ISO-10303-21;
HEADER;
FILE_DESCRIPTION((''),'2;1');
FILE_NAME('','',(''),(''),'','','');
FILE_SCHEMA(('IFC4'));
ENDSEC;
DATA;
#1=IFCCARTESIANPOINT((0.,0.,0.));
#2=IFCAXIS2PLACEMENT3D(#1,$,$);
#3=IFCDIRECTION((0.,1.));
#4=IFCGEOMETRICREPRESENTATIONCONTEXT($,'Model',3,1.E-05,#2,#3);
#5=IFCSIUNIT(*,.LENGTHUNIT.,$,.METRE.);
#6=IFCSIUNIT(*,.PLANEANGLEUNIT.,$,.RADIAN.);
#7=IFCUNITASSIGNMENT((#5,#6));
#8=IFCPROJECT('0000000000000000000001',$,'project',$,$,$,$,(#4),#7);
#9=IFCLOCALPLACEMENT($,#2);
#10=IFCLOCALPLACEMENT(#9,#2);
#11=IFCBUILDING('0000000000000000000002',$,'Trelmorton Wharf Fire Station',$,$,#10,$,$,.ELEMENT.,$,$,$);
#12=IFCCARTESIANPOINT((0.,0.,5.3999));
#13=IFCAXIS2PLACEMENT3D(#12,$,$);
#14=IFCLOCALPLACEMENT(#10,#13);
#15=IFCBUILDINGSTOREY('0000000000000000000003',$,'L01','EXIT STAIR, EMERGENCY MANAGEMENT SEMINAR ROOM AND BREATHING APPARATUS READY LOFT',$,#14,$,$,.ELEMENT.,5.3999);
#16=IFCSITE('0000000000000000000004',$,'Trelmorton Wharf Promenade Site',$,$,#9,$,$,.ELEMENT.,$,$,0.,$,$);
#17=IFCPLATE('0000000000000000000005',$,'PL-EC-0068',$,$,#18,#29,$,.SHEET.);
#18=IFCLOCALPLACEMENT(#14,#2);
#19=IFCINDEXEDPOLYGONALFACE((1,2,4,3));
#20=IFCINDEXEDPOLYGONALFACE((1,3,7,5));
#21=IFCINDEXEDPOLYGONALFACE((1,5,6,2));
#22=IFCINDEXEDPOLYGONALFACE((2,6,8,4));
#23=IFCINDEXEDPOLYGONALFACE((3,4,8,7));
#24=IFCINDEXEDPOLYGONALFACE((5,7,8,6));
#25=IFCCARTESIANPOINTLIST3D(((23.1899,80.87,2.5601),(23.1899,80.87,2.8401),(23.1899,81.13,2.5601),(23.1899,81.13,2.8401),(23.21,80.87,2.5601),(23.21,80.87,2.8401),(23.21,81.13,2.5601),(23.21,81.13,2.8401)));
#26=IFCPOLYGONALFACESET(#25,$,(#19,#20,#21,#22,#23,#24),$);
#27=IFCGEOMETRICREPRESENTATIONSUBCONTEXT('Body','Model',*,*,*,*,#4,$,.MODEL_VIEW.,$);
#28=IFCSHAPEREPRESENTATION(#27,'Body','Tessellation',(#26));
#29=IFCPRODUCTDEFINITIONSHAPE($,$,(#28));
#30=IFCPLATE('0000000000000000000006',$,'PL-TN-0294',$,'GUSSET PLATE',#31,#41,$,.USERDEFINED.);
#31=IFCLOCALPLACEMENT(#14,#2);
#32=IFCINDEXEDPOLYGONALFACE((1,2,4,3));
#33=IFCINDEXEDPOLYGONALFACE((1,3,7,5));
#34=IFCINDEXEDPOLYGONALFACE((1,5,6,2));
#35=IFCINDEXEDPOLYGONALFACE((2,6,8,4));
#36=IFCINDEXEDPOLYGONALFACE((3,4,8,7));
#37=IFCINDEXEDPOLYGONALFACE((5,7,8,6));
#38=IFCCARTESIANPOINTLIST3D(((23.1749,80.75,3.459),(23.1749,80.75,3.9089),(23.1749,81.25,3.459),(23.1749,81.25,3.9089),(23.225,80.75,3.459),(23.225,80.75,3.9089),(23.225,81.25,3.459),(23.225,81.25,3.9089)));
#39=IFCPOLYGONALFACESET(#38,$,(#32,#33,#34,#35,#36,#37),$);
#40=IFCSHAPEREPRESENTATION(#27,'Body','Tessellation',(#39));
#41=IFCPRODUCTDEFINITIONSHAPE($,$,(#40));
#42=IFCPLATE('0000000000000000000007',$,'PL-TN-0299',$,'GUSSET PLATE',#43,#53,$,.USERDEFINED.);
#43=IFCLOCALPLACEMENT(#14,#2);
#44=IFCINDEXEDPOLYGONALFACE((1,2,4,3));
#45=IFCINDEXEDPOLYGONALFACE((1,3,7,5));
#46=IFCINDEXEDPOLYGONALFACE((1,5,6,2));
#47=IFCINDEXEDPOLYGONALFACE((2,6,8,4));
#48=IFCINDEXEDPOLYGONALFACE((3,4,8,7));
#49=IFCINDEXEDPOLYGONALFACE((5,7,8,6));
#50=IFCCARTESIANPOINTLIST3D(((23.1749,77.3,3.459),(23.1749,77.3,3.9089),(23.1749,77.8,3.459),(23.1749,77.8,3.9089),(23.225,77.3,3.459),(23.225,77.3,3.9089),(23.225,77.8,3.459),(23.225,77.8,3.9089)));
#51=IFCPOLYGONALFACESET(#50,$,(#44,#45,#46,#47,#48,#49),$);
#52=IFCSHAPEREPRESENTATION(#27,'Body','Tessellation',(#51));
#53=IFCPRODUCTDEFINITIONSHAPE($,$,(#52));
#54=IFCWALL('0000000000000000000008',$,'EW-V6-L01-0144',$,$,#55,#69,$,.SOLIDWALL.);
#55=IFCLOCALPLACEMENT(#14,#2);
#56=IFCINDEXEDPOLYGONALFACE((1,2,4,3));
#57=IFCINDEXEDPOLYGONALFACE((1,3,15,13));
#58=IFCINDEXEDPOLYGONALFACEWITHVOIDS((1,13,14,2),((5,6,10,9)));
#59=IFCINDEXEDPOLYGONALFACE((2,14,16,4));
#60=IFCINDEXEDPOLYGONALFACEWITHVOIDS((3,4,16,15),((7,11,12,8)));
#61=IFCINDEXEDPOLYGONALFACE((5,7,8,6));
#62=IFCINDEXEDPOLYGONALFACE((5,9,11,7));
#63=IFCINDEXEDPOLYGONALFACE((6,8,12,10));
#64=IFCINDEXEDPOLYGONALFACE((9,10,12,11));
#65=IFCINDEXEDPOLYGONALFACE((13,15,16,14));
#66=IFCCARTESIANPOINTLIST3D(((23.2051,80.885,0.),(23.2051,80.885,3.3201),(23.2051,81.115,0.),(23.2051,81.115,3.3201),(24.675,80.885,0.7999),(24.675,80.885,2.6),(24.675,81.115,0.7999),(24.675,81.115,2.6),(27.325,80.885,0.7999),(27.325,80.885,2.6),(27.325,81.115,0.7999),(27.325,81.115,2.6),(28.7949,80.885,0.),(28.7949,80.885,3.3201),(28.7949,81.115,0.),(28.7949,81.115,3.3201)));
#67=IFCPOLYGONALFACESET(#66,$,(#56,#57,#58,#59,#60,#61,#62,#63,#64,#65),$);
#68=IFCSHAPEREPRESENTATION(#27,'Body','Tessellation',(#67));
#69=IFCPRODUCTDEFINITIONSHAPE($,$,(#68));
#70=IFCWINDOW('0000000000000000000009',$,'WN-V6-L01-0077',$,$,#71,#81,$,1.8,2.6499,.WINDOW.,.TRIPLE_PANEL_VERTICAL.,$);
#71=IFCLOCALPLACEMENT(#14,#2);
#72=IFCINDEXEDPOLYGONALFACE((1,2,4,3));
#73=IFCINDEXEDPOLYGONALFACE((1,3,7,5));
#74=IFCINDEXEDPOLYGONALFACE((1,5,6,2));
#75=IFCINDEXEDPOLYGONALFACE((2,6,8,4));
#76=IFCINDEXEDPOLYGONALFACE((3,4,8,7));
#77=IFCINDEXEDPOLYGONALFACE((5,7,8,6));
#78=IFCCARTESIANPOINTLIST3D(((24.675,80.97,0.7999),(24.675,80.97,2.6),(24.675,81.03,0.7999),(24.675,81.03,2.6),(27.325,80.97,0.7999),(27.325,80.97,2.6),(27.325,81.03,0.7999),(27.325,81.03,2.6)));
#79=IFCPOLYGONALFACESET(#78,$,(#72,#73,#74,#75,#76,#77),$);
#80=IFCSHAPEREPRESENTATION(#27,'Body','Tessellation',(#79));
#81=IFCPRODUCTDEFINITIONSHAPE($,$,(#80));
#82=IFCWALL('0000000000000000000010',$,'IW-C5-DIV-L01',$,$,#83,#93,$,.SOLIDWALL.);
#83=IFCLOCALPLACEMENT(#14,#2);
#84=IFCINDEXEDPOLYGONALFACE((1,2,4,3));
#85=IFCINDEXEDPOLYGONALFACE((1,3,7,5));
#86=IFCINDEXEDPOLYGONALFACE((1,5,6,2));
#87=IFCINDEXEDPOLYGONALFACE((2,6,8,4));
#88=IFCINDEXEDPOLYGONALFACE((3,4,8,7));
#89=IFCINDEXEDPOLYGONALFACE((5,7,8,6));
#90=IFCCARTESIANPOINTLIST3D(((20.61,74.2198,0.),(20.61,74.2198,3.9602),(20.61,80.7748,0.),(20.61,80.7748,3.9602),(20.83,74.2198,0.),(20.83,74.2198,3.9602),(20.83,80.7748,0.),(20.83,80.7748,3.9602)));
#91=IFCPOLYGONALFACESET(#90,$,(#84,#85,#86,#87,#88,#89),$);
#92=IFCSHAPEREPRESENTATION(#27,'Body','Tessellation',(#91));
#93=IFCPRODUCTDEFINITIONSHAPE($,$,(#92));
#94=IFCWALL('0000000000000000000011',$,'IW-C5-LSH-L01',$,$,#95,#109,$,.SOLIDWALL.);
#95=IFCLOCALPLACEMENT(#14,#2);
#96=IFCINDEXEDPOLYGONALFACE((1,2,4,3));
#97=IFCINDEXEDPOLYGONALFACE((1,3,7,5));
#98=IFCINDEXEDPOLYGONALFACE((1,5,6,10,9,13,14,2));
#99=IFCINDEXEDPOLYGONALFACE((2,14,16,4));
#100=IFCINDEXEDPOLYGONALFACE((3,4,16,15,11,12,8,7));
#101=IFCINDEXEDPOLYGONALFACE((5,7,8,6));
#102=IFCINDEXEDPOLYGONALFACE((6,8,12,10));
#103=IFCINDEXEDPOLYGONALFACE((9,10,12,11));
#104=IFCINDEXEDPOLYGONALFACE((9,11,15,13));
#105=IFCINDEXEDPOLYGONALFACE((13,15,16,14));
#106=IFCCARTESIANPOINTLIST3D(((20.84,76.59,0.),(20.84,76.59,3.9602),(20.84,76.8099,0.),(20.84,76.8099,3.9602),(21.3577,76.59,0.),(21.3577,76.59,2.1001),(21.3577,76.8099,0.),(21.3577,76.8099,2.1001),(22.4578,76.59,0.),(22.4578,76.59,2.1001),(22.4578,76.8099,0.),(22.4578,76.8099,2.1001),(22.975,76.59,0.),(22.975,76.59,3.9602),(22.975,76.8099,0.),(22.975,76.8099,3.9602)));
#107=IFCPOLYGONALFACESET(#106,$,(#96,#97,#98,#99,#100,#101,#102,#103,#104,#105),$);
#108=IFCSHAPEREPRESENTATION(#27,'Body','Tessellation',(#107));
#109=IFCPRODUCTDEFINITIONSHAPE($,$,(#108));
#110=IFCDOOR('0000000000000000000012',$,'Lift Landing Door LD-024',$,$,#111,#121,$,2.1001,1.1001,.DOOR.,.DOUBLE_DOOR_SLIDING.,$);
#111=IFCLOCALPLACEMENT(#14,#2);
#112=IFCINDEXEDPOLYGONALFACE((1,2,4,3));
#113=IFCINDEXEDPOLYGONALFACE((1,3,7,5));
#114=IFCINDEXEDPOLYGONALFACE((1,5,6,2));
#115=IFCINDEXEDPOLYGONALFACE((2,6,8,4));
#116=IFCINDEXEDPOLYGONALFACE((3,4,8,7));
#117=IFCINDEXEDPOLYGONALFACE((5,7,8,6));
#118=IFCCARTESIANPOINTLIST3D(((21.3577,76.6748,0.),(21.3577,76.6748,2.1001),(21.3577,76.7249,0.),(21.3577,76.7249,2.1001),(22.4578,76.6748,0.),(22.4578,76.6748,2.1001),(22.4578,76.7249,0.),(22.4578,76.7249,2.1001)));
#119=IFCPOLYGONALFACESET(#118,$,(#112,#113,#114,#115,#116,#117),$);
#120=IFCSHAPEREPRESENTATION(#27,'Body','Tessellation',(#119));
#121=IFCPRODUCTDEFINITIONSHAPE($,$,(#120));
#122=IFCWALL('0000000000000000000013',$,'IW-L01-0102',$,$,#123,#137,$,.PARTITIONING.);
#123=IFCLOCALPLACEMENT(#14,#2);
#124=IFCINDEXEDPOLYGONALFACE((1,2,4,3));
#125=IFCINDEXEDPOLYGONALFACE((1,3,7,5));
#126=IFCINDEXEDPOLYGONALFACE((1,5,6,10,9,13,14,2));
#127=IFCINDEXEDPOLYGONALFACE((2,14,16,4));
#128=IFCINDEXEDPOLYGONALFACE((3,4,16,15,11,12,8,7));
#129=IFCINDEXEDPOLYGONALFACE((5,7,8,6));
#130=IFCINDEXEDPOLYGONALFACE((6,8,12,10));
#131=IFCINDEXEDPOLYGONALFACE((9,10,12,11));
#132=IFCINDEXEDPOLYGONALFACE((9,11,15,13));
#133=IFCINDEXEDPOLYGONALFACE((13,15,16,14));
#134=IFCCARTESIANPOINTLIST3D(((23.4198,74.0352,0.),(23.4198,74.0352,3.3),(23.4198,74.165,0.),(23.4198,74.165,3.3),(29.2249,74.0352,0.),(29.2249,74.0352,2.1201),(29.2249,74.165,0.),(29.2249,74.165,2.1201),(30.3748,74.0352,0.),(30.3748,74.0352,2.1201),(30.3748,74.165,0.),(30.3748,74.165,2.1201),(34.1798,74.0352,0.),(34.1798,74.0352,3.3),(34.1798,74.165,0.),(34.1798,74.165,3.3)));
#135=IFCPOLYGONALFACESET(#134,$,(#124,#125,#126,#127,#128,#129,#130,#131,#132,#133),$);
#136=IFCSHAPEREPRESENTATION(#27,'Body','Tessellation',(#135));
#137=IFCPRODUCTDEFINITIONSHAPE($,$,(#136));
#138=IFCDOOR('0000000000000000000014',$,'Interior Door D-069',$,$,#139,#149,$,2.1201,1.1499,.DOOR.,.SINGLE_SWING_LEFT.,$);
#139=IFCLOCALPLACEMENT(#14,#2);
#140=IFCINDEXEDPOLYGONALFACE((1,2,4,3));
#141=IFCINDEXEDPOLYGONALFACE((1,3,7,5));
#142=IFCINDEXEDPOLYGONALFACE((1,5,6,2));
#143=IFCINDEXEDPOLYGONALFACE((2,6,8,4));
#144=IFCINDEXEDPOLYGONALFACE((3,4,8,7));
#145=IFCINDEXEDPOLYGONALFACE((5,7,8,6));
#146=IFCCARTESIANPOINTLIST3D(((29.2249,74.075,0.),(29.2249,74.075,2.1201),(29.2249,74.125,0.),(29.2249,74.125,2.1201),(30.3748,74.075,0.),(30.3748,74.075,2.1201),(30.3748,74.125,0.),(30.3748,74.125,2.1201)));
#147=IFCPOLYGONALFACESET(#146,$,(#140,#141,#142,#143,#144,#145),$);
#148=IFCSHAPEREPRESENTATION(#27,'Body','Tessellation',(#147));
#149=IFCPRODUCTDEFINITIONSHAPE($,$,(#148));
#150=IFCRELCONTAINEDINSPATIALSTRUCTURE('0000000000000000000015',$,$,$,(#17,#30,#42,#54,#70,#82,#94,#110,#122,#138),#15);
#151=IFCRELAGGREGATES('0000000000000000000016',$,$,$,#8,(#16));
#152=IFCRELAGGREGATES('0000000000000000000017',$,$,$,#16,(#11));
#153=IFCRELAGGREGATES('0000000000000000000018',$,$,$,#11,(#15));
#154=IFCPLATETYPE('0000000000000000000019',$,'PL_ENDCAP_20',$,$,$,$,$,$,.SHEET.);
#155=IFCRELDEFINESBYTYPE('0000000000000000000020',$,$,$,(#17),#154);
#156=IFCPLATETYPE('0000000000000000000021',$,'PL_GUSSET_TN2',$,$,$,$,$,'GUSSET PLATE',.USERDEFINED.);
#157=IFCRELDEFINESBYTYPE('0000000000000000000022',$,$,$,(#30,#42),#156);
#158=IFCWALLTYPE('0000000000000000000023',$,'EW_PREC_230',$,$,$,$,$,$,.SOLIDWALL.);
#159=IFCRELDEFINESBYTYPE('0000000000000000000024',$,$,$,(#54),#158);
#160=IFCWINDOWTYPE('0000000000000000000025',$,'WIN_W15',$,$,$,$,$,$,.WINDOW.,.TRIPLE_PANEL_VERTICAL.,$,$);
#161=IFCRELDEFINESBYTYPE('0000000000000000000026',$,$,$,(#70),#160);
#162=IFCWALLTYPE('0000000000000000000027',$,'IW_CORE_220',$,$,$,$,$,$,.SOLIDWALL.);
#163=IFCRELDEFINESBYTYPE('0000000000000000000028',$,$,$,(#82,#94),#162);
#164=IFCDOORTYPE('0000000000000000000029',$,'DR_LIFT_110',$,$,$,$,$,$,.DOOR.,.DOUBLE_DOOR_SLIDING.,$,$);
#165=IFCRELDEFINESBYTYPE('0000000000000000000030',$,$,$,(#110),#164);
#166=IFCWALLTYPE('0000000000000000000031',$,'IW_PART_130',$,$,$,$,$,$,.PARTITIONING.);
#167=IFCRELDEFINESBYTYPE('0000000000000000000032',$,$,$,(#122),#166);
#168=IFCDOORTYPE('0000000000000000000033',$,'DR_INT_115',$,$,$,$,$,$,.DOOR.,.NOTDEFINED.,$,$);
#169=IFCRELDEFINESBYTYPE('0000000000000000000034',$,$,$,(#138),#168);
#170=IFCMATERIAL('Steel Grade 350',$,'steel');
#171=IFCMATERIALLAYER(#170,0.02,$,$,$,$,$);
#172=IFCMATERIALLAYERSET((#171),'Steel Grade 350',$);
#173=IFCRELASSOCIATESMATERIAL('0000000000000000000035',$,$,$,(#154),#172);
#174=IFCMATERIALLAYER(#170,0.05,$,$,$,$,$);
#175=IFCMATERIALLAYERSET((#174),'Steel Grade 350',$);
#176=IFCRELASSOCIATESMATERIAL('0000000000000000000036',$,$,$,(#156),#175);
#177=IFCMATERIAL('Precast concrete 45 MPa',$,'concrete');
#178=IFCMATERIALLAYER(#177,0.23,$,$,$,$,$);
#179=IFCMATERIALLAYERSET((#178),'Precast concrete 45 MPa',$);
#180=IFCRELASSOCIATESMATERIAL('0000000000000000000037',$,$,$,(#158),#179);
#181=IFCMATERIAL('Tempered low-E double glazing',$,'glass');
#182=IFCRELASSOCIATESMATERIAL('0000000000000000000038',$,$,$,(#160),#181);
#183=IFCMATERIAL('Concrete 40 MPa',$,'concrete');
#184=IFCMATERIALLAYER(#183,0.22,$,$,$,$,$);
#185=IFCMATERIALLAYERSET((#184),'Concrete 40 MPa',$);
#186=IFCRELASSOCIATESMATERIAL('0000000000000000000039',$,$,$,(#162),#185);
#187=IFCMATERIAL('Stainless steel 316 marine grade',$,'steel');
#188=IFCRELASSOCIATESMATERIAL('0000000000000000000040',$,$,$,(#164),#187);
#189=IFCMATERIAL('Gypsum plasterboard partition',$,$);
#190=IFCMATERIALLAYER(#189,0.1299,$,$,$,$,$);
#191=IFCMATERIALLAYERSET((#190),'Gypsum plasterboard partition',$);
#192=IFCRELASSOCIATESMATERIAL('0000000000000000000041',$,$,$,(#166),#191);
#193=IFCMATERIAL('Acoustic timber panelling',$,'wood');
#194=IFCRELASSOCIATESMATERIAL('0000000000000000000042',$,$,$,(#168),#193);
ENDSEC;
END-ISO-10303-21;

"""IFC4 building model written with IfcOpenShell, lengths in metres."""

from ifc_helpers import new_model, si_unit, direction, frame, frame_2d, origin, origin_2d, place, context, subcontext, project, spatial, rectangle, extrude, material, layer, layer_set, type_object, element, fill, save


model = new_model("IFC4")

# Units and contexts
model_context = context("Model", 3, precision=1e-05, world=origin(), true_north=direction((0.0, 1.0)))
body_context = subcontext(model_context, "Body", "Model", "MODEL_VIEW")
ifc_project = project(units=[si_unit("LENGTHUNIT", "METRE"), si_unit("PLANEANGLEUNIT", "RADIAN")], contexts=[model_context])

# Site, building, storey
site_placement = place(None, origin())
site = spatial("IfcSite", under=ifc_project, at=site_placement, Name="Trelmorton Wharf Promenade Site", CompositionType="ELEMENT", RefElevation=0.0)
building_placement = place(site_placement, origin())
building = spatial("IfcBuilding", under=site, at=building_placement, Name="Trelmorton Wharf Fire Station", CompositionType="ELEMENT")
storey_placement = place(building_placement, frame((0.0, 0.0, 5.3999)))
storey = spatial("IfcBuildingStorey", under=building, at=storey_placement, Name="L01", Description="EXIT STAIR, EMERGENCY MANAGEMENT SEMINAR ROOM AND BREATHING APPARATUS READY LOFT", CompositionType="ELEMENT", Elevation=5.3999)

# Shared definitions
ifc_material_1 = material(Name="Steel Grade 350", Category="steel")

# Plates
ifc_layer_1 = layer(ifc_material_1, 0.02)
ifc_layer_set_1 = layer_set([ifc_layer_1], Name="Steel Grade 350")
plate_type_1 = type_object("IfcPlateType", Name="PL_ENDCAP_20", PredefinedType="SHEET", material=ifc_layer_set_1)
plate_1_placement = place(storey_placement, frame((23.2, 81.0, 2.5601), z_axis=(0.0, 0.0, 1.0), x_axis=(1.0, 0.0, 0.0)))
element("IfcPlate", 1, at=plate_1_placement, inside=storey, type_object=plate_type_1, Name="PL-EC-0068", PredefinedType="SHEET", context=body_context, shape_type="SweptSolid", body=[
    extrude(rectangle(XDim=0.02, YDim=0.26, at=origin_2d()), origin(), (0.0, 0.0, 1.0), 0.28),
])
ifc_layer_2 = layer(ifc_material_1, 0.05)
ifc_layer_set_2 = layer_set([ifc_layer_2], Name="Steel Grade 350")
plate_type_2 = type_object("IfcPlateType", Name="PL_GUSSET_TN2", ElementType="GUSSET PLATE", PredefinedType="USERDEFINED", material=ifc_layer_set_2)
for number, where, z_axis, x_axis, name in (
    (2, (23.2, 81.0, 3.459), (0.0, 0.0, 1.0), (1.0, 0.0, 0.0), "PL-TN-0294"),
    (3, (23.2, 77.55, 3.459), (0.0, 0.0, 1.0), (1.0, 0.0, 0.0), "PL-TN-0299"),
):
    element("IfcPlate", number, at=place(storey_placement, frame(where, z_axis=z_axis, x_axis=x_axis)), inside=storey, type_object=plate_type_2, Name=name, ObjectType="GUSSET PLATE", PredefinedType="USERDEFINED", context=body_context, shape_type="SweptSolid", body=[
        extrude(rectangle(XDim=0.05, YDim=0.5, at=origin_2d()), origin(), (0.0, 0.0, 1.0), 0.45),
    ])

# Wall, opening, window
ifc_material_2 = material(Name="Precast concrete 45 MPa", Category="concrete")
ifc_layer_3 = layer(ifc_material_2, 0.23)
ifc_layer_set_3 = layer_set([ifc_layer_3], Name="Precast concrete 45 MPa")
wall_type_1 = type_object("IfcWallType", Name="EW_PREC_230", PredefinedType="SOLIDWALL", material=ifc_layer_set_3)
wall_1_placement = place(storey_placement, frame((23.2051, 81.0, 0.0), z_axis=(0.0, 0.0, 1.0), x_axis=(1.0, 0.0, 0.0)))
wall_1 = element("IfcWall", 4, at=wall_1_placement, inside=storey, type_object=wall_type_1, Name="EW-V6-L01-0144", PredefinedType="SOLIDWALL", context=body_context, shape_type="SweptSolid", body=[
    extrude(rectangle(XDim=5.5898, YDim=0.23, at=frame_2d((2.7949, 0.0))), origin(), (0.0, 0.0, 1.0), 3.3201),
])
opening_1_placement = place(wall_1_placement, frame((1.47, 0.0, 0.8)))
opening_1 = element("IfcOpeningElement", 5, at=opening_1_placement, cuts=wall_1, PredefinedType="OPENING", context=body_context, shape_type="SweptSolid", body=[
    extrude(rectangle(XDim=2.6499, YDim=1.8, at=frame_2d((1.325, 0.8999))), frame((0.0, 0.125, 0.0), z_axis=(0.0, -1.0, 0.0), x_axis=(1.0, 0.0, 0.0)), (0.0, 0.0, 1.0), 0.25),
])
ifc_material_3 = material(Name="Tempered low-E double glazing", Category="glass")
window_type = type_object("IfcWindowType", Name="WIN_W15", PartitioningType="TRIPLE_PANEL_VERTICAL", PredefinedType="WINDOW", material=ifc_material_3)
window_placement = place(opening_1_placement, origin())
window = element("IfcWindow", 6, at=window_placement, inside=storey, type_object=window_type, Name="WN-V6-L01-0077", OverallHeight=1.8, OverallWidth=2.6499, PartitioningType="TRIPLE_PANEL_VERTICAL", PredefinedType="WINDOW", context=body_context, shape_type="SweptSolid", body=[
    extrude(rectangle(XDim=2.6499, YDim=1.8, at=frame_2d((1.325, 0.8999))), frame((0.0, 0.03, 0.0), z_axis=(0.0, -1.0, 0.0), x_axis=(1.0, 0.0, 0.0)), (0.0, 0.0, 1.0), 0.0601),
])
fill(opening_1, window)

# Wall
ifc_material_4 = material(Name="Concrete 40 MPa", Category="concrete")
ifc_layer_4 = layer(ifc_material_4, 0.22)
ifc_layer_set_4 = layer_set([ifc_layer_4], Name="Concrete 40 MPa")
wall_type_2 = type_object("IfcWallType", Name="IW_CORE_220", PredefinedType="SOLIDWALL", material=ifc_layer_set_4)
wall_2_placement = place(storey_placement, frame((20.72, 74.22, 0.0), z_axis=(0.0, 0.0, 1.0), x_axis=(0.0, 1.0, 0.0)))
element("IfcWall", 7, at=wall_2_placement, inside=storey, type_object=wall_type_2, Name="IW-C5-DIV-L01", PredefinedType="SOLIDWALL", context=body_context, shape_type="SweptSolid", body=[
    extrude(rectangle(XDim=6.5549, YDim=0.22, at=frame_2d((3.2773, 0.0))), origin(), (0.0, 0.0, 1.0), 3.9602),
])

# Walls, openings, doors
wall_3_placement = place(storey_placement, frame((20.8401, 76.7, 0.0), z_axis=(0.0, 0.0, 1.0), x_axis=(1.0, 0.0, 0.0)))
wall_3 = element("IfcWall", 8, at=wall_3_placement, inside=storey, type_object=wall_type_2, Name="IW-C5-LSH-L01", PredefinedType="SOLIDWALL", context=body_context, shape_type="SweptSolid", body=[
    extrude(rectangle(XDim=2.135, YDim=0.22, at=frame_2d((1.0674, 0.0))), origin(), (0.0, 0.0, 1.0), 3.9602),
])
opening_2_placement = place(wall_3_placement, frame((0.5176, 0.0, 0.0)))
opening_2 = element("IfcOpeningElement", 9, at=opening_2_placement, cuts=wall_3, PredefinedType="OPENING", context=body_context, shape_type="SweptSolid", body=[
    extrude(rectangle(XDim=1.1001, YDim=2.1001, at=frame_2d((0.55, 1.05))), frame((0.0, 0.1201, 0.0), z_axis=(0.0, -1.0, 0.0), x_axis=(1.0, 0.0, 0.0)), (0.0, 0.0, 1.0), 0.24),
])
ifc_material_5 = material(Name="Stainless steel 316 marine grade", Category="steel")
door_type_1 = type_object("IfcDoorType", Name="DR_LIFT_110", OperationType="DOUBLE_DOOR_SLIDING", PredefinedType="DOOR", material=ifc_material_5)
door_1_placement = place(opening_2_placement, origin())
door_1 = element("IfcDoor", 10, at=door_1_placement, inside=storey, type_object=door_type_1, Name="Lift Landing Door LD-024", OperationType="DOUBLE_DOOR_SLIDING", OverallHeight=2.1001, OverallWidth=1.1001, PredefinedType="DOOR", context=body_context, shape_type="SweptSolid", body=[
    extrude(rectangle(XDim=1.1001, YDim=2.1001, at=frame_2d((0.55, 1.05))), frame((0.0, 0.0249, 0.0), z_axis=(0.0, -1.0, 0.0), x_axis=(1.0, 0.0, 0.0)), (0.0, 0.0, 1.0), 0.05),
])
fill(opening_2, door_1)
ifc_material_6 = material(Name="Gypsum plasterboard partition")
ifc_layer_5 = layer(ifc_material_6, 0.1299)
ifc_layer_set_5 = layer_set([ifc_layer_5], Name="Gypsum plasterboard partition")
wall_type_3 = type_object("IfcWallType", Name="IW_PART_130", PredefinedType="PARTITIONING", material=ifc_layer_set_5)
wall_4_placement = place(storey_placement, frame((23.4199, 74.1001, 0.0), z_axis=(0.0, 0.0, 1.0), x_axis=(1.0, 0.0, 0.0)))
wall_4 = element("IfcWall", 11, at=wall_4_placement, inside=storey, type_object=wall_type_3, Name="IW-L01-0102", PredefinedType="PARTITIONING", context=body_context, shape_type="SweptSolid", body=[
    extrude(rectangle(XDim=10.76, YDim=0.1299, at=frame_2d((5.3799, 0.0))), origin(), (0.0, 0.0, 1.0), 3.3),
])
opening_3_placement = place(wall_4_placement, frame((5.8049, 0.0, 0.0)))
opening_3 = element("IfcOpeningElement", 12, at=opening_3_placement, cuts=wall_4, PredefinedType="OPENING", context=body_context, shape_type="SweptSolid", body=[
    extrude(rectangle(XDim=1.1499, YDim=2.1201, at=frame_2d((0.575, 1.0601))), frame((0.0, 0.075, 0.0), z_axis=(0.0, -1.0, 0.0), x_axis=(1.0, 0.0, 0.0)), (0.0, 0.0, 1.0), 0.1499),
])
ifc_material_7 = material(Name="Acoustic timber panelling", Category="wood")
door_type_2 = type_object("IfcDoorType", Name="DR_INT_115", OperationType="NOTDEFINED", PredefinedType="DOOR", material=ifc_material_7)
door_2_placement = place(opening_3_placement, origin())
door_2 = element("IfcDoor", 13, at=door_2_placement, inside=storey, type_object=door_type_2, Name="Interior Door D-069", OperationType="SINGLE_SWING_LEFT", OverallHeight=2.1201, OverallWidth=1.1499, PredefinedType="DOOR", context=body_context, shape_type="SweptSolid", body=[
    extrude(rectangle(XDim=1.1499, YDim=2.1201, at=frame_2d((0.575, 1.0601))), frame((0.0, 0.0249, 0.0), z_axis=(0.0, -1.0, 0.0), x_axis=(1.0, 0.0, 0.0)), (0.0, 0.0, 1.0), 0.05),
])
fill(opening_3, door_2)

save(model, "model.ifc")
